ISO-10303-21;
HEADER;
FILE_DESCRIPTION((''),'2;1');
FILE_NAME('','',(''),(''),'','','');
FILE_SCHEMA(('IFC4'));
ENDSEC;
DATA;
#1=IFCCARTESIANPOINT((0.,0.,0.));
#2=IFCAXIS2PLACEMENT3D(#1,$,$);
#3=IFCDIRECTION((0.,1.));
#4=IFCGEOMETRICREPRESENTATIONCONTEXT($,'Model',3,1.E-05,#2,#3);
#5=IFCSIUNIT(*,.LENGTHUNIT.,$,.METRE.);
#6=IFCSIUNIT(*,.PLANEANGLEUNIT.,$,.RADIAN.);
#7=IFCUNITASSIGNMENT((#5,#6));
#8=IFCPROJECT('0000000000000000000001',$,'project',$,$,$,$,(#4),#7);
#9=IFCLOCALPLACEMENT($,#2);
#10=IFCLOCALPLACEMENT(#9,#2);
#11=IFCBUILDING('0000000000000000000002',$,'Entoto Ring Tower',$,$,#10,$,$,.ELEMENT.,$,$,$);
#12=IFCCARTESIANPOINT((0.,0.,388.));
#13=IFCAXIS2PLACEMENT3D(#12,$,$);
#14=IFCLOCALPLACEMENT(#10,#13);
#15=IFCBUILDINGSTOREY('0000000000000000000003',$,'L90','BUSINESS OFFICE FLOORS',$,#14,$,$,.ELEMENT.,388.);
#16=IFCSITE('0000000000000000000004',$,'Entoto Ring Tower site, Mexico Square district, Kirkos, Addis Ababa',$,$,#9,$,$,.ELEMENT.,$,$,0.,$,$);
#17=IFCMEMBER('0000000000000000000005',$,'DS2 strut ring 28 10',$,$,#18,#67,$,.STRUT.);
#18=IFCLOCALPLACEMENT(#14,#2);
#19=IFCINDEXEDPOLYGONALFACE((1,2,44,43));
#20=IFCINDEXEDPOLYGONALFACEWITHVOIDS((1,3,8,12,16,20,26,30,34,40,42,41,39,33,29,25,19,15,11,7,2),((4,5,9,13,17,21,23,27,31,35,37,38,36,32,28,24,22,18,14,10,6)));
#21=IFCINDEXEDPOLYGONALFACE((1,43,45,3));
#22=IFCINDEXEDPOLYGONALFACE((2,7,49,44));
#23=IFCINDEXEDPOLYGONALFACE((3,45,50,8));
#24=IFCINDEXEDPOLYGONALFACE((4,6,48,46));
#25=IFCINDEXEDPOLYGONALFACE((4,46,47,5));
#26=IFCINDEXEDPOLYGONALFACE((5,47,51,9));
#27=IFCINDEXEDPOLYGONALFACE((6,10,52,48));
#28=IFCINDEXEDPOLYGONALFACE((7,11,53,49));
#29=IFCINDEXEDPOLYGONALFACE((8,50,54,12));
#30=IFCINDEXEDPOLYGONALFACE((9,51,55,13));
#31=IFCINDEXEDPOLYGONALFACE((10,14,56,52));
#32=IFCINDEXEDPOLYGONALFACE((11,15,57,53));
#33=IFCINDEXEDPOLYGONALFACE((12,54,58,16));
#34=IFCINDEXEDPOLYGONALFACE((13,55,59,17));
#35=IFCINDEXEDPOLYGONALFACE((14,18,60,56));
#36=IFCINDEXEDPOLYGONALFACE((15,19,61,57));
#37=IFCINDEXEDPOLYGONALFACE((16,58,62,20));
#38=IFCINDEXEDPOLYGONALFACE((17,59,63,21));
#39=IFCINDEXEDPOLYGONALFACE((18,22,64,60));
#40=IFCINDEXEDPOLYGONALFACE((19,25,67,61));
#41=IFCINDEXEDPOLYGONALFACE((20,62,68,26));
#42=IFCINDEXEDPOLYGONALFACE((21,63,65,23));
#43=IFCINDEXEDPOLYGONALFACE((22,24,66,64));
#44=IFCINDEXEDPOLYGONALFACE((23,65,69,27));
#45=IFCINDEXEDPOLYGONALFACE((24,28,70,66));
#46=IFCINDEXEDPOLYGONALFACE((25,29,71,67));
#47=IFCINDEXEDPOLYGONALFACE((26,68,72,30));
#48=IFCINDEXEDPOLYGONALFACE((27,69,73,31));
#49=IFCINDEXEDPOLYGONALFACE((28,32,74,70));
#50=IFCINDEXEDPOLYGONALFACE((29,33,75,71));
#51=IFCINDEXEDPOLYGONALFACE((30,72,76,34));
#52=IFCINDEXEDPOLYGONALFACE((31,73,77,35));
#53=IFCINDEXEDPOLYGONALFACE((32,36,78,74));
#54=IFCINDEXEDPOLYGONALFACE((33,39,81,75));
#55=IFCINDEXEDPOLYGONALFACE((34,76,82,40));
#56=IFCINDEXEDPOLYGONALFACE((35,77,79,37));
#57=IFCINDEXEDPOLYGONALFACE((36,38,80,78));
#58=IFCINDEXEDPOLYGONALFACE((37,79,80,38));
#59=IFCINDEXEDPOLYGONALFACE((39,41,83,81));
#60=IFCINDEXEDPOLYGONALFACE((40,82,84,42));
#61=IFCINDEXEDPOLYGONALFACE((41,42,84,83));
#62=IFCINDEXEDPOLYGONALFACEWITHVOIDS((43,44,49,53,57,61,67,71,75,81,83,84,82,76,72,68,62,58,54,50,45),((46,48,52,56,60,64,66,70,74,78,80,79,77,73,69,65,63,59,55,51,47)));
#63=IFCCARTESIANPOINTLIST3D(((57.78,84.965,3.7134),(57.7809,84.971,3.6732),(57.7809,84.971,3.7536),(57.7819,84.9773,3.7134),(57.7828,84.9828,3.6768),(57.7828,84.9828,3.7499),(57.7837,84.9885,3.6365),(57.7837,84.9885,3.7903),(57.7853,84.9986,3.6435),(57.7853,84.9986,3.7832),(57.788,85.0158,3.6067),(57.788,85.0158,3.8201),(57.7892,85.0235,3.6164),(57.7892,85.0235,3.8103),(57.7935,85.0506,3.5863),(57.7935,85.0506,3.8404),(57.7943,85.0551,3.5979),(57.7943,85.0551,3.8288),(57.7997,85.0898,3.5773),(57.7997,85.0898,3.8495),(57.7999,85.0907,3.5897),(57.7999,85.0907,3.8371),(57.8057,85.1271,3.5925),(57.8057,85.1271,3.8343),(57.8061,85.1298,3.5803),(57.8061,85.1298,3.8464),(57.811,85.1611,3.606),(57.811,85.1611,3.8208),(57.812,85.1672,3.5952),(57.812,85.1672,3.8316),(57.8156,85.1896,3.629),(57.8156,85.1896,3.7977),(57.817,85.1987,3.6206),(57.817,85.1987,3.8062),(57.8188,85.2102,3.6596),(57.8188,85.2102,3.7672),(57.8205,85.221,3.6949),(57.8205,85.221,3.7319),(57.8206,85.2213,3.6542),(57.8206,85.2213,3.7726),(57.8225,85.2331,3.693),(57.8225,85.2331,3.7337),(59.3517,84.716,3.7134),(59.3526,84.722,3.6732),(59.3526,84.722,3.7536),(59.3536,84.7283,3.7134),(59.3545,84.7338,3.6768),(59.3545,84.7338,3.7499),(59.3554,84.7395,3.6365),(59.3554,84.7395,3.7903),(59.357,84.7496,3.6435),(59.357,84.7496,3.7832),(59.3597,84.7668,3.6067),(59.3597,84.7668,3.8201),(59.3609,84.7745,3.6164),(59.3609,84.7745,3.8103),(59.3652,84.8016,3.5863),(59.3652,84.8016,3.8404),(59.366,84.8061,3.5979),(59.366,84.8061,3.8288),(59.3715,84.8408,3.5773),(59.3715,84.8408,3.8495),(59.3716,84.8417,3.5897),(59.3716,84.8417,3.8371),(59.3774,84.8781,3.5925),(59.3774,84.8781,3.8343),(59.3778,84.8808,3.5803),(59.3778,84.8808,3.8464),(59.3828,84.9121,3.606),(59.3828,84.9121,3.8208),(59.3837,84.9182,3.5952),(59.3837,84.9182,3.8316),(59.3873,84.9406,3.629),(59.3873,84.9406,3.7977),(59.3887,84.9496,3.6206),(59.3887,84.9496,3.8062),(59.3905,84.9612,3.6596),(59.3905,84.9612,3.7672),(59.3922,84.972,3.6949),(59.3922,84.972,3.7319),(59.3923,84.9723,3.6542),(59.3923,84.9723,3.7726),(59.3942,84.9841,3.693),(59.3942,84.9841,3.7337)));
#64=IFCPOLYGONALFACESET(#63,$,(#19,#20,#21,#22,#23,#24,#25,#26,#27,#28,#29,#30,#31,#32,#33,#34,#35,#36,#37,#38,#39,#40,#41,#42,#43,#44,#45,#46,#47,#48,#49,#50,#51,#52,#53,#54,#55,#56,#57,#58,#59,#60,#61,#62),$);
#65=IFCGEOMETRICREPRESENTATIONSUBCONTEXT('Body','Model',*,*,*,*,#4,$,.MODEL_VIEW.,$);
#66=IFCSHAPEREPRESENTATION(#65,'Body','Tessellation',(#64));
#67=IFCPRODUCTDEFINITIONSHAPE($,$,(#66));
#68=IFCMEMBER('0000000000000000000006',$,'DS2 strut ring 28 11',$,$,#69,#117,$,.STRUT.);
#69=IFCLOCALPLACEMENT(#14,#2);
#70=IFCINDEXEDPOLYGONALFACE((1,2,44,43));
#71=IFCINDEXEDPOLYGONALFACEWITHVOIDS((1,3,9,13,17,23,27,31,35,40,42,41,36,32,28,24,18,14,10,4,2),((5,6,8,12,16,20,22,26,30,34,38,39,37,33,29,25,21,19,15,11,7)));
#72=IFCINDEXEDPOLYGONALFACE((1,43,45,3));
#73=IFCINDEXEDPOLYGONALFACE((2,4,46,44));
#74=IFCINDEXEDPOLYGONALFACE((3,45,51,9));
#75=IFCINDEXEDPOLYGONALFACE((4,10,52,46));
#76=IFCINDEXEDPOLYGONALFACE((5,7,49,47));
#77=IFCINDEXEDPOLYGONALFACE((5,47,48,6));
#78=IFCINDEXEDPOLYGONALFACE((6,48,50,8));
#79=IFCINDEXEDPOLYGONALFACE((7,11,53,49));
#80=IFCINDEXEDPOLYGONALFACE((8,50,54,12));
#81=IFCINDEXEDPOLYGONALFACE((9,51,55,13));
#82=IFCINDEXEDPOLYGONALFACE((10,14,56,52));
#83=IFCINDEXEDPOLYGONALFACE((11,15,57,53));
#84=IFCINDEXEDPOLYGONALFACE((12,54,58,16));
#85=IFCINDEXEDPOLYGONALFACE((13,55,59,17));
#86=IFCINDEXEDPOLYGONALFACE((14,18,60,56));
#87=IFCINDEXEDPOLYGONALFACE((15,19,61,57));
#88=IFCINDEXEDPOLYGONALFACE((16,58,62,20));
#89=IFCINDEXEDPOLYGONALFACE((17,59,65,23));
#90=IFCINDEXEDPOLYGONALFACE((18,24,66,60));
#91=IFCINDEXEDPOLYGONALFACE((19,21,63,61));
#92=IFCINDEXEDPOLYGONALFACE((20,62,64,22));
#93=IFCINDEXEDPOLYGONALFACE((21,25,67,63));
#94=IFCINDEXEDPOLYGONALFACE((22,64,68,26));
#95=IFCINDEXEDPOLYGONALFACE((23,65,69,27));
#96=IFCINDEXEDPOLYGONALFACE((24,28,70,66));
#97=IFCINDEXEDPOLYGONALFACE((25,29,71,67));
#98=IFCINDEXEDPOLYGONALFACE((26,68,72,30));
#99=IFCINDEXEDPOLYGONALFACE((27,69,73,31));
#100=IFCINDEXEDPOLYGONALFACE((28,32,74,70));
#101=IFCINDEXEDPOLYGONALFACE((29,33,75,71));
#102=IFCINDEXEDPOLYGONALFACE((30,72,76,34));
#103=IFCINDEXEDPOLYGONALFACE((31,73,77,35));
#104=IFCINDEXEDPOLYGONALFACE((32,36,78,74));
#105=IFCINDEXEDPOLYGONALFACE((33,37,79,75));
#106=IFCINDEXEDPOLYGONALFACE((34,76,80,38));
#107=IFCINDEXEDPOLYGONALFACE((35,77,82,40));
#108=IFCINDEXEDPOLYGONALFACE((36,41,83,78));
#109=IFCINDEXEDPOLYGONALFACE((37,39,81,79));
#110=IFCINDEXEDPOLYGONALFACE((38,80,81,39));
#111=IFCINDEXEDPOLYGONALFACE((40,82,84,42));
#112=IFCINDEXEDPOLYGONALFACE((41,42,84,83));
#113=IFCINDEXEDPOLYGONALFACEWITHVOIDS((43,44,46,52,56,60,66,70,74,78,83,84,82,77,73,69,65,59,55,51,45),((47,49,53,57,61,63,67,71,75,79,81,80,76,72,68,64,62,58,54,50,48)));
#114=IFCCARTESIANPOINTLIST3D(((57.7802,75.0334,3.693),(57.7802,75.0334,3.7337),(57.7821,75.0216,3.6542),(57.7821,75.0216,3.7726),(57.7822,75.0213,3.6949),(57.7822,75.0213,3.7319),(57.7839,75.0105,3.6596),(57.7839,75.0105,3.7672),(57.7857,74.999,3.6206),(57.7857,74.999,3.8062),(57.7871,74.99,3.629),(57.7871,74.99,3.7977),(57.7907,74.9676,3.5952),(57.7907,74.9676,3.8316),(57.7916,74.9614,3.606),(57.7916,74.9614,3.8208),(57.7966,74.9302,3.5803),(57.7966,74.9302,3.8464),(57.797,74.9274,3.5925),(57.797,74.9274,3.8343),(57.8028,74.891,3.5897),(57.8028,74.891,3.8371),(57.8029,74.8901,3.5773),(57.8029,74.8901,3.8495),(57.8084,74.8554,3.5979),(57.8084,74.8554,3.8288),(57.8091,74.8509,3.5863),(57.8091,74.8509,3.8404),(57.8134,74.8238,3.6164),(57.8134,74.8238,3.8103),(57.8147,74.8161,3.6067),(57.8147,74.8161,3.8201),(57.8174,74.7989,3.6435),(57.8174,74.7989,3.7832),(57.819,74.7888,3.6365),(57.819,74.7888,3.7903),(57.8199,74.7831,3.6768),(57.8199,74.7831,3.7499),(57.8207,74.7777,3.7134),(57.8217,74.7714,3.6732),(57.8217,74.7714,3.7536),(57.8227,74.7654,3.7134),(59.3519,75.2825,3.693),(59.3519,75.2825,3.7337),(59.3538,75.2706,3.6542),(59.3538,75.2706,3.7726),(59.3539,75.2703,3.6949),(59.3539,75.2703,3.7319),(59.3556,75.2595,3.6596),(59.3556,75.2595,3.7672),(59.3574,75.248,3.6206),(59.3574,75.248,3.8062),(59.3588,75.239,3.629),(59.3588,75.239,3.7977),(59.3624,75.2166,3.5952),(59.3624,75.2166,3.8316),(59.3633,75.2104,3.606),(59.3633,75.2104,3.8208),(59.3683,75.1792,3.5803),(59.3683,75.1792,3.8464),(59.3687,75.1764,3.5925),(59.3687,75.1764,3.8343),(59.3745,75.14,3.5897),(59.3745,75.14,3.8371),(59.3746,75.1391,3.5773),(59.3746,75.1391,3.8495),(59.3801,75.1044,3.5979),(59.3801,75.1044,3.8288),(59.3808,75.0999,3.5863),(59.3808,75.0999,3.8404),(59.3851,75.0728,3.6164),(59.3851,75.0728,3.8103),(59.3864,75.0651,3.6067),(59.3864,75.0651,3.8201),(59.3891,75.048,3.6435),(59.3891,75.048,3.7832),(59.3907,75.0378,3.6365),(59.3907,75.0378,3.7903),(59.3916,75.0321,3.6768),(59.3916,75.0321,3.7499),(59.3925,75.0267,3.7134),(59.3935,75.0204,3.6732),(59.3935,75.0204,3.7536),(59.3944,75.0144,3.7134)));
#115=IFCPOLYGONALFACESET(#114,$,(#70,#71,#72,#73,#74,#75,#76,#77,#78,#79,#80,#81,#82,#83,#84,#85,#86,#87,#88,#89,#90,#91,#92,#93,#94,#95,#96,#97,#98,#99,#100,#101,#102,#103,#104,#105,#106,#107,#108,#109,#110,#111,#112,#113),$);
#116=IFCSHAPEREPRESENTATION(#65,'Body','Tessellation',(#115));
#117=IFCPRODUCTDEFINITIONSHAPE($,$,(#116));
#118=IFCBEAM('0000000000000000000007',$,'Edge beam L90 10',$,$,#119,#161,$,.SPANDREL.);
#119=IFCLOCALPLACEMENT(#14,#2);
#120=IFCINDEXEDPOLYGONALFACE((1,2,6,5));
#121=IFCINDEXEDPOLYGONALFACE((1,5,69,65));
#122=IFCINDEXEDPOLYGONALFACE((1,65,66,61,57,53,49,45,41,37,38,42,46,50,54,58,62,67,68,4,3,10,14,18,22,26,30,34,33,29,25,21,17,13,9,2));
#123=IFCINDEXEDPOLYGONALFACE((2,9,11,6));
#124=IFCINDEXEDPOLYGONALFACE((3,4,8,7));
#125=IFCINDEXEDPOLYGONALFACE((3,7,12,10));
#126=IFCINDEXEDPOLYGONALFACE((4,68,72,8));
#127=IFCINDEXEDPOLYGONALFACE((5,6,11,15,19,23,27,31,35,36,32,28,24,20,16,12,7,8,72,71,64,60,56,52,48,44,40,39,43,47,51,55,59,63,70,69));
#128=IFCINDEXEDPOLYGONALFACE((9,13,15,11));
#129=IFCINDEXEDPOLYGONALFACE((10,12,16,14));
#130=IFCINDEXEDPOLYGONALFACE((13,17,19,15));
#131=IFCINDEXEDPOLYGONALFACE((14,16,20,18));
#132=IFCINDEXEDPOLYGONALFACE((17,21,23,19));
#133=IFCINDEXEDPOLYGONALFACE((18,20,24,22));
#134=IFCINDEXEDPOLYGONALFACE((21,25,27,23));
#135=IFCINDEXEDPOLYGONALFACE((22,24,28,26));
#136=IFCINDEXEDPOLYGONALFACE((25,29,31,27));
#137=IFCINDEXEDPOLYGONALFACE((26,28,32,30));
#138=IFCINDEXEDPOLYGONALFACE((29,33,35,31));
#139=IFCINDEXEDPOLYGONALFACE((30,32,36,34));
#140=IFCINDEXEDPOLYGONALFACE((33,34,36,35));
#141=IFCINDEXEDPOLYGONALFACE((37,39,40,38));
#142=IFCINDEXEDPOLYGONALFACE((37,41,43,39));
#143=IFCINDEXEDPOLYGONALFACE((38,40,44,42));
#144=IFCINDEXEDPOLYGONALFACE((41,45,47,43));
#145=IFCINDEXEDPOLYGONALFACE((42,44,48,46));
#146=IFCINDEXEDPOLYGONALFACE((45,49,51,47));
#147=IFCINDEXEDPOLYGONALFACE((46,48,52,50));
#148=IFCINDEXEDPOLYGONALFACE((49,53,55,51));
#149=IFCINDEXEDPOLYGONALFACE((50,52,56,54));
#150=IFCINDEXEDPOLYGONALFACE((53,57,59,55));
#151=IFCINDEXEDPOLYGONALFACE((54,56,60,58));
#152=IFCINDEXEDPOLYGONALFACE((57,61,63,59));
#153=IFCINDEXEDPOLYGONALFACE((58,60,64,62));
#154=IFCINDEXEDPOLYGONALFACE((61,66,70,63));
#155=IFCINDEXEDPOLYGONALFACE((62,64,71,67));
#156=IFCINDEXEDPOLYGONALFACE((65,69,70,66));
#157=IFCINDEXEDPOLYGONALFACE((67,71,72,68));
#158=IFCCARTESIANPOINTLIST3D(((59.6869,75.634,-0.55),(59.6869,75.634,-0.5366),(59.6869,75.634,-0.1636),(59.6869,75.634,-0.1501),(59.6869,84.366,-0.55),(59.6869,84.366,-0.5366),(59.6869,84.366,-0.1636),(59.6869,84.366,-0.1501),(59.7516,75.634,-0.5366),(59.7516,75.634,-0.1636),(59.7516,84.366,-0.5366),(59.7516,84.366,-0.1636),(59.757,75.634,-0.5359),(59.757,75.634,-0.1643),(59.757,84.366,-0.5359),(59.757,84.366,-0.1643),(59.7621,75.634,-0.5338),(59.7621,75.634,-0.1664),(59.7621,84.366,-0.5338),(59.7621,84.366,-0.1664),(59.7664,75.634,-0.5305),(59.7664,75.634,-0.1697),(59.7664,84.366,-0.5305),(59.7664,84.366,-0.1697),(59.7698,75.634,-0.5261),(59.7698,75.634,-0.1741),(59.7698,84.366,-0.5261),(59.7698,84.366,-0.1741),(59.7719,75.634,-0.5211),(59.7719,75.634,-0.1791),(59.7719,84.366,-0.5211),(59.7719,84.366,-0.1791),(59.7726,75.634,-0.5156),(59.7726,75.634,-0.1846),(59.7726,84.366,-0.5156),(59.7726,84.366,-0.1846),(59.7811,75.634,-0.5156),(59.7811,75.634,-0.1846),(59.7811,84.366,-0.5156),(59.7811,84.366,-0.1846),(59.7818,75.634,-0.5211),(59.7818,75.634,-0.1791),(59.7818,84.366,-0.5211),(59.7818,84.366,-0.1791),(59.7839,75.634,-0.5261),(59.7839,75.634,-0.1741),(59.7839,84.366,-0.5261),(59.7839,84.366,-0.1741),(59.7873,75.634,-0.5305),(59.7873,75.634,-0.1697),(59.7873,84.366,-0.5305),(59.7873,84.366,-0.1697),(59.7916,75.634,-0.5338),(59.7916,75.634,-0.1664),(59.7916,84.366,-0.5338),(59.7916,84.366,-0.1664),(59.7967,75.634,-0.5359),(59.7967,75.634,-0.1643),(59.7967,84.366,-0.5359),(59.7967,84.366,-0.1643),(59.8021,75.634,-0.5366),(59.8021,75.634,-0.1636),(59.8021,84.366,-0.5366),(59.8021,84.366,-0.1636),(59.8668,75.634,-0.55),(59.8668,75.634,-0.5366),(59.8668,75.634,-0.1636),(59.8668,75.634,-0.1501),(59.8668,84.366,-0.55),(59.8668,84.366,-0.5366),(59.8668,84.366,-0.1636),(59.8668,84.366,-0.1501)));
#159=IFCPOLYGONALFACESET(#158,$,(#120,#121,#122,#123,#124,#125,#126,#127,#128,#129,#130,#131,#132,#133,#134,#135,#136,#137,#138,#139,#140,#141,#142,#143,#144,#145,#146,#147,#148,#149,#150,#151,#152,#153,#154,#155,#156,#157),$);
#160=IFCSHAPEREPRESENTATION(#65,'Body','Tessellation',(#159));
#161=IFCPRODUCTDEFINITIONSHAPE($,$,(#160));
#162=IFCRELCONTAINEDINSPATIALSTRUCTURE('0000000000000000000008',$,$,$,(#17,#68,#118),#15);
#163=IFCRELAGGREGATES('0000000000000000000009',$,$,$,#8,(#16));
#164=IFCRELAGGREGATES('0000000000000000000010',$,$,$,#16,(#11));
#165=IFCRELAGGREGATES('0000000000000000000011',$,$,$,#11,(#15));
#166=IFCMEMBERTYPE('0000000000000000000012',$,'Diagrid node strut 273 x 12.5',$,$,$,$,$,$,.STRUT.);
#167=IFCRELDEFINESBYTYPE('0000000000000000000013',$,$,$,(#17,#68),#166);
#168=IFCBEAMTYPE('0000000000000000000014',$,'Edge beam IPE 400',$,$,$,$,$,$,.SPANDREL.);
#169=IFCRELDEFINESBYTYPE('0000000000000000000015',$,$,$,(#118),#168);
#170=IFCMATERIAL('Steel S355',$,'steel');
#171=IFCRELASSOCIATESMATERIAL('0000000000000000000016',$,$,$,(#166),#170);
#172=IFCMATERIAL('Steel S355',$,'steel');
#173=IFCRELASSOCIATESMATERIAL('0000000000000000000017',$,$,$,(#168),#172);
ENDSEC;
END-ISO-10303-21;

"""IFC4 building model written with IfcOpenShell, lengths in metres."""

from ifc_helpers import new_model, si_unit, direction, frame, origin, origin_2d, place, context, subcontext, project, spatial, circle, hollow_circle, i_section, extrude, material, material_profile, profile_set, type_object, element, save


model = new_model("IFC4")

# Units and contexts
model_context = context("Model", 3, precision=1e-05, world=origin(), true_north=direction((0.0, 1.0)))
body_context = subcontext(model_context, "Body", "Model", "MODEL_VIEW")
ifc_project = project(units=[si_unit("LENGTHUNIT", "METRE"), si_unit("PLANEANGLEUNIT", "RADIAN")], contexts=[model_context])

# Site, building, storey
site_placement = place(None, origin())
site = spatial("IfcSite", under=ifc_project, at=site_placement, Name="Entoto Ring Tower site, Mexico Square district, Kirkos, Addis Ababa", CompositionType="ELEMENT", RefElevation=0.0)
building_placement = place(site_placement, origin())
building = spatial("IfcBuilding", under=site, at=building_placement, Name="Entoto Ring Tower", CompositionType="ELEMENT")
storey_placement = place(building_placement, frame((0.0, 0.0, 388.0)))
storey = spatial("IfcBuildingStorey", under=building, at=storey_placement, Name="L90", Description="BUSINESS OFFICE FLOORS", CompositionType="ELEMENT", Elevation=388.0)

# Members
ifc_material_1 = material(Name="Steel S355", Category="steel")
ifc_material_profile_1 = material_profile(ifc_material_1, hollow_circle(Radius=0.1365, WallThickness=0.0125, at=origin_2d()), Name="CHS 273 x 12.5")
ifc_material_2 = material(Name="Concrete C60/75", Category="concrete")
ifc_material_profile_2 = material_profile(ifc_material_2, circle(Radius=0.124, at=origin_2d()), Name="Concrete C60/75 infill")
ifc_profile_set_1 = profile_set([ifc_material_profile_1, ifc_material_profile_2], Name="Steel S355")
member_type = type_object("IfcMemberType", Name="Diagrid node strut 273 x 12.5", PredefinedType="STRUT", material=ifc_profile_set_1)
for number, where, z_axis, x_axis, name in (
    (1, (59.373, 84.8508, 3.7134), (-0.987681, 0.156483, 0.0), (-0.156483, -0.987681, 0.0), "DS2 strut ring 28 10"),
    (2, (59.373, 75.1492, 3.7134), (-0.987681, -0.156483, 0.0), (0.156483, -0.987681, 0.0), "DS2 strut ring 28 11"),
):
    element("IfcMember", number, at=place(storey_placement, frame(where, z_axis=z_axis, x_axis=x_axis)), inside=storey, type_object=member_type, Name=name, PredefinedType="STRUT", context=body_context, shape_type="SweptSolid", body=[
        extrude(hollow_circle(Radius=0.1365, WallThickness=0.0125, at=origin_2d()), origin(), (0.0, 0.0, 1.0), 1.5913),
    ])

# Beam
ifc_material_3 = material(Name="Steel S355", Category="steel")
ifc_material_profile_3 = material_profile(ifc_material_3, i_section(OverallWidth=0.1799, OverallDepth=0.3999, WebThickness=0.0085, FlangeThickness=0.0134, FilletRadius=0.021, at=origin_2d()), Name="IPE 400")
ifc_profile_set_2 = profile_set([ifc_material_profile_3], Name="Steel S355")
beam_type_1 = type_object("IfcBeamType", Name="Edge beam IPE 400", PredefinedType="SPANDREL", material=ifc_profile_set_2)
beam_1_placement = place(storey_placement, frame((59.7769, 84.366, -0.3501), z_axis=(0.0, -1.0, 0.0), x_axis=(1.0, 0.0, 0.0)))
element("IfcBeam", 3, at=beam_1_placement, inside=storey, type_object=beam_type_1, Name="Edge beam L90 10", PredefinedType="SPANDREL", context=body_context, shape_type="SweptSolid", body=[
    extrude(i_section(OverallWidth=0.1799, OverallDepth=0.3999, WebThickness=0.0085, FlangeThickness=0.0134, FilletRadius=0.021, at=origin_2d()), origin(), (0.0, 0.0, 1.0), 8.7319),
])

save(model, "model.ifc")
